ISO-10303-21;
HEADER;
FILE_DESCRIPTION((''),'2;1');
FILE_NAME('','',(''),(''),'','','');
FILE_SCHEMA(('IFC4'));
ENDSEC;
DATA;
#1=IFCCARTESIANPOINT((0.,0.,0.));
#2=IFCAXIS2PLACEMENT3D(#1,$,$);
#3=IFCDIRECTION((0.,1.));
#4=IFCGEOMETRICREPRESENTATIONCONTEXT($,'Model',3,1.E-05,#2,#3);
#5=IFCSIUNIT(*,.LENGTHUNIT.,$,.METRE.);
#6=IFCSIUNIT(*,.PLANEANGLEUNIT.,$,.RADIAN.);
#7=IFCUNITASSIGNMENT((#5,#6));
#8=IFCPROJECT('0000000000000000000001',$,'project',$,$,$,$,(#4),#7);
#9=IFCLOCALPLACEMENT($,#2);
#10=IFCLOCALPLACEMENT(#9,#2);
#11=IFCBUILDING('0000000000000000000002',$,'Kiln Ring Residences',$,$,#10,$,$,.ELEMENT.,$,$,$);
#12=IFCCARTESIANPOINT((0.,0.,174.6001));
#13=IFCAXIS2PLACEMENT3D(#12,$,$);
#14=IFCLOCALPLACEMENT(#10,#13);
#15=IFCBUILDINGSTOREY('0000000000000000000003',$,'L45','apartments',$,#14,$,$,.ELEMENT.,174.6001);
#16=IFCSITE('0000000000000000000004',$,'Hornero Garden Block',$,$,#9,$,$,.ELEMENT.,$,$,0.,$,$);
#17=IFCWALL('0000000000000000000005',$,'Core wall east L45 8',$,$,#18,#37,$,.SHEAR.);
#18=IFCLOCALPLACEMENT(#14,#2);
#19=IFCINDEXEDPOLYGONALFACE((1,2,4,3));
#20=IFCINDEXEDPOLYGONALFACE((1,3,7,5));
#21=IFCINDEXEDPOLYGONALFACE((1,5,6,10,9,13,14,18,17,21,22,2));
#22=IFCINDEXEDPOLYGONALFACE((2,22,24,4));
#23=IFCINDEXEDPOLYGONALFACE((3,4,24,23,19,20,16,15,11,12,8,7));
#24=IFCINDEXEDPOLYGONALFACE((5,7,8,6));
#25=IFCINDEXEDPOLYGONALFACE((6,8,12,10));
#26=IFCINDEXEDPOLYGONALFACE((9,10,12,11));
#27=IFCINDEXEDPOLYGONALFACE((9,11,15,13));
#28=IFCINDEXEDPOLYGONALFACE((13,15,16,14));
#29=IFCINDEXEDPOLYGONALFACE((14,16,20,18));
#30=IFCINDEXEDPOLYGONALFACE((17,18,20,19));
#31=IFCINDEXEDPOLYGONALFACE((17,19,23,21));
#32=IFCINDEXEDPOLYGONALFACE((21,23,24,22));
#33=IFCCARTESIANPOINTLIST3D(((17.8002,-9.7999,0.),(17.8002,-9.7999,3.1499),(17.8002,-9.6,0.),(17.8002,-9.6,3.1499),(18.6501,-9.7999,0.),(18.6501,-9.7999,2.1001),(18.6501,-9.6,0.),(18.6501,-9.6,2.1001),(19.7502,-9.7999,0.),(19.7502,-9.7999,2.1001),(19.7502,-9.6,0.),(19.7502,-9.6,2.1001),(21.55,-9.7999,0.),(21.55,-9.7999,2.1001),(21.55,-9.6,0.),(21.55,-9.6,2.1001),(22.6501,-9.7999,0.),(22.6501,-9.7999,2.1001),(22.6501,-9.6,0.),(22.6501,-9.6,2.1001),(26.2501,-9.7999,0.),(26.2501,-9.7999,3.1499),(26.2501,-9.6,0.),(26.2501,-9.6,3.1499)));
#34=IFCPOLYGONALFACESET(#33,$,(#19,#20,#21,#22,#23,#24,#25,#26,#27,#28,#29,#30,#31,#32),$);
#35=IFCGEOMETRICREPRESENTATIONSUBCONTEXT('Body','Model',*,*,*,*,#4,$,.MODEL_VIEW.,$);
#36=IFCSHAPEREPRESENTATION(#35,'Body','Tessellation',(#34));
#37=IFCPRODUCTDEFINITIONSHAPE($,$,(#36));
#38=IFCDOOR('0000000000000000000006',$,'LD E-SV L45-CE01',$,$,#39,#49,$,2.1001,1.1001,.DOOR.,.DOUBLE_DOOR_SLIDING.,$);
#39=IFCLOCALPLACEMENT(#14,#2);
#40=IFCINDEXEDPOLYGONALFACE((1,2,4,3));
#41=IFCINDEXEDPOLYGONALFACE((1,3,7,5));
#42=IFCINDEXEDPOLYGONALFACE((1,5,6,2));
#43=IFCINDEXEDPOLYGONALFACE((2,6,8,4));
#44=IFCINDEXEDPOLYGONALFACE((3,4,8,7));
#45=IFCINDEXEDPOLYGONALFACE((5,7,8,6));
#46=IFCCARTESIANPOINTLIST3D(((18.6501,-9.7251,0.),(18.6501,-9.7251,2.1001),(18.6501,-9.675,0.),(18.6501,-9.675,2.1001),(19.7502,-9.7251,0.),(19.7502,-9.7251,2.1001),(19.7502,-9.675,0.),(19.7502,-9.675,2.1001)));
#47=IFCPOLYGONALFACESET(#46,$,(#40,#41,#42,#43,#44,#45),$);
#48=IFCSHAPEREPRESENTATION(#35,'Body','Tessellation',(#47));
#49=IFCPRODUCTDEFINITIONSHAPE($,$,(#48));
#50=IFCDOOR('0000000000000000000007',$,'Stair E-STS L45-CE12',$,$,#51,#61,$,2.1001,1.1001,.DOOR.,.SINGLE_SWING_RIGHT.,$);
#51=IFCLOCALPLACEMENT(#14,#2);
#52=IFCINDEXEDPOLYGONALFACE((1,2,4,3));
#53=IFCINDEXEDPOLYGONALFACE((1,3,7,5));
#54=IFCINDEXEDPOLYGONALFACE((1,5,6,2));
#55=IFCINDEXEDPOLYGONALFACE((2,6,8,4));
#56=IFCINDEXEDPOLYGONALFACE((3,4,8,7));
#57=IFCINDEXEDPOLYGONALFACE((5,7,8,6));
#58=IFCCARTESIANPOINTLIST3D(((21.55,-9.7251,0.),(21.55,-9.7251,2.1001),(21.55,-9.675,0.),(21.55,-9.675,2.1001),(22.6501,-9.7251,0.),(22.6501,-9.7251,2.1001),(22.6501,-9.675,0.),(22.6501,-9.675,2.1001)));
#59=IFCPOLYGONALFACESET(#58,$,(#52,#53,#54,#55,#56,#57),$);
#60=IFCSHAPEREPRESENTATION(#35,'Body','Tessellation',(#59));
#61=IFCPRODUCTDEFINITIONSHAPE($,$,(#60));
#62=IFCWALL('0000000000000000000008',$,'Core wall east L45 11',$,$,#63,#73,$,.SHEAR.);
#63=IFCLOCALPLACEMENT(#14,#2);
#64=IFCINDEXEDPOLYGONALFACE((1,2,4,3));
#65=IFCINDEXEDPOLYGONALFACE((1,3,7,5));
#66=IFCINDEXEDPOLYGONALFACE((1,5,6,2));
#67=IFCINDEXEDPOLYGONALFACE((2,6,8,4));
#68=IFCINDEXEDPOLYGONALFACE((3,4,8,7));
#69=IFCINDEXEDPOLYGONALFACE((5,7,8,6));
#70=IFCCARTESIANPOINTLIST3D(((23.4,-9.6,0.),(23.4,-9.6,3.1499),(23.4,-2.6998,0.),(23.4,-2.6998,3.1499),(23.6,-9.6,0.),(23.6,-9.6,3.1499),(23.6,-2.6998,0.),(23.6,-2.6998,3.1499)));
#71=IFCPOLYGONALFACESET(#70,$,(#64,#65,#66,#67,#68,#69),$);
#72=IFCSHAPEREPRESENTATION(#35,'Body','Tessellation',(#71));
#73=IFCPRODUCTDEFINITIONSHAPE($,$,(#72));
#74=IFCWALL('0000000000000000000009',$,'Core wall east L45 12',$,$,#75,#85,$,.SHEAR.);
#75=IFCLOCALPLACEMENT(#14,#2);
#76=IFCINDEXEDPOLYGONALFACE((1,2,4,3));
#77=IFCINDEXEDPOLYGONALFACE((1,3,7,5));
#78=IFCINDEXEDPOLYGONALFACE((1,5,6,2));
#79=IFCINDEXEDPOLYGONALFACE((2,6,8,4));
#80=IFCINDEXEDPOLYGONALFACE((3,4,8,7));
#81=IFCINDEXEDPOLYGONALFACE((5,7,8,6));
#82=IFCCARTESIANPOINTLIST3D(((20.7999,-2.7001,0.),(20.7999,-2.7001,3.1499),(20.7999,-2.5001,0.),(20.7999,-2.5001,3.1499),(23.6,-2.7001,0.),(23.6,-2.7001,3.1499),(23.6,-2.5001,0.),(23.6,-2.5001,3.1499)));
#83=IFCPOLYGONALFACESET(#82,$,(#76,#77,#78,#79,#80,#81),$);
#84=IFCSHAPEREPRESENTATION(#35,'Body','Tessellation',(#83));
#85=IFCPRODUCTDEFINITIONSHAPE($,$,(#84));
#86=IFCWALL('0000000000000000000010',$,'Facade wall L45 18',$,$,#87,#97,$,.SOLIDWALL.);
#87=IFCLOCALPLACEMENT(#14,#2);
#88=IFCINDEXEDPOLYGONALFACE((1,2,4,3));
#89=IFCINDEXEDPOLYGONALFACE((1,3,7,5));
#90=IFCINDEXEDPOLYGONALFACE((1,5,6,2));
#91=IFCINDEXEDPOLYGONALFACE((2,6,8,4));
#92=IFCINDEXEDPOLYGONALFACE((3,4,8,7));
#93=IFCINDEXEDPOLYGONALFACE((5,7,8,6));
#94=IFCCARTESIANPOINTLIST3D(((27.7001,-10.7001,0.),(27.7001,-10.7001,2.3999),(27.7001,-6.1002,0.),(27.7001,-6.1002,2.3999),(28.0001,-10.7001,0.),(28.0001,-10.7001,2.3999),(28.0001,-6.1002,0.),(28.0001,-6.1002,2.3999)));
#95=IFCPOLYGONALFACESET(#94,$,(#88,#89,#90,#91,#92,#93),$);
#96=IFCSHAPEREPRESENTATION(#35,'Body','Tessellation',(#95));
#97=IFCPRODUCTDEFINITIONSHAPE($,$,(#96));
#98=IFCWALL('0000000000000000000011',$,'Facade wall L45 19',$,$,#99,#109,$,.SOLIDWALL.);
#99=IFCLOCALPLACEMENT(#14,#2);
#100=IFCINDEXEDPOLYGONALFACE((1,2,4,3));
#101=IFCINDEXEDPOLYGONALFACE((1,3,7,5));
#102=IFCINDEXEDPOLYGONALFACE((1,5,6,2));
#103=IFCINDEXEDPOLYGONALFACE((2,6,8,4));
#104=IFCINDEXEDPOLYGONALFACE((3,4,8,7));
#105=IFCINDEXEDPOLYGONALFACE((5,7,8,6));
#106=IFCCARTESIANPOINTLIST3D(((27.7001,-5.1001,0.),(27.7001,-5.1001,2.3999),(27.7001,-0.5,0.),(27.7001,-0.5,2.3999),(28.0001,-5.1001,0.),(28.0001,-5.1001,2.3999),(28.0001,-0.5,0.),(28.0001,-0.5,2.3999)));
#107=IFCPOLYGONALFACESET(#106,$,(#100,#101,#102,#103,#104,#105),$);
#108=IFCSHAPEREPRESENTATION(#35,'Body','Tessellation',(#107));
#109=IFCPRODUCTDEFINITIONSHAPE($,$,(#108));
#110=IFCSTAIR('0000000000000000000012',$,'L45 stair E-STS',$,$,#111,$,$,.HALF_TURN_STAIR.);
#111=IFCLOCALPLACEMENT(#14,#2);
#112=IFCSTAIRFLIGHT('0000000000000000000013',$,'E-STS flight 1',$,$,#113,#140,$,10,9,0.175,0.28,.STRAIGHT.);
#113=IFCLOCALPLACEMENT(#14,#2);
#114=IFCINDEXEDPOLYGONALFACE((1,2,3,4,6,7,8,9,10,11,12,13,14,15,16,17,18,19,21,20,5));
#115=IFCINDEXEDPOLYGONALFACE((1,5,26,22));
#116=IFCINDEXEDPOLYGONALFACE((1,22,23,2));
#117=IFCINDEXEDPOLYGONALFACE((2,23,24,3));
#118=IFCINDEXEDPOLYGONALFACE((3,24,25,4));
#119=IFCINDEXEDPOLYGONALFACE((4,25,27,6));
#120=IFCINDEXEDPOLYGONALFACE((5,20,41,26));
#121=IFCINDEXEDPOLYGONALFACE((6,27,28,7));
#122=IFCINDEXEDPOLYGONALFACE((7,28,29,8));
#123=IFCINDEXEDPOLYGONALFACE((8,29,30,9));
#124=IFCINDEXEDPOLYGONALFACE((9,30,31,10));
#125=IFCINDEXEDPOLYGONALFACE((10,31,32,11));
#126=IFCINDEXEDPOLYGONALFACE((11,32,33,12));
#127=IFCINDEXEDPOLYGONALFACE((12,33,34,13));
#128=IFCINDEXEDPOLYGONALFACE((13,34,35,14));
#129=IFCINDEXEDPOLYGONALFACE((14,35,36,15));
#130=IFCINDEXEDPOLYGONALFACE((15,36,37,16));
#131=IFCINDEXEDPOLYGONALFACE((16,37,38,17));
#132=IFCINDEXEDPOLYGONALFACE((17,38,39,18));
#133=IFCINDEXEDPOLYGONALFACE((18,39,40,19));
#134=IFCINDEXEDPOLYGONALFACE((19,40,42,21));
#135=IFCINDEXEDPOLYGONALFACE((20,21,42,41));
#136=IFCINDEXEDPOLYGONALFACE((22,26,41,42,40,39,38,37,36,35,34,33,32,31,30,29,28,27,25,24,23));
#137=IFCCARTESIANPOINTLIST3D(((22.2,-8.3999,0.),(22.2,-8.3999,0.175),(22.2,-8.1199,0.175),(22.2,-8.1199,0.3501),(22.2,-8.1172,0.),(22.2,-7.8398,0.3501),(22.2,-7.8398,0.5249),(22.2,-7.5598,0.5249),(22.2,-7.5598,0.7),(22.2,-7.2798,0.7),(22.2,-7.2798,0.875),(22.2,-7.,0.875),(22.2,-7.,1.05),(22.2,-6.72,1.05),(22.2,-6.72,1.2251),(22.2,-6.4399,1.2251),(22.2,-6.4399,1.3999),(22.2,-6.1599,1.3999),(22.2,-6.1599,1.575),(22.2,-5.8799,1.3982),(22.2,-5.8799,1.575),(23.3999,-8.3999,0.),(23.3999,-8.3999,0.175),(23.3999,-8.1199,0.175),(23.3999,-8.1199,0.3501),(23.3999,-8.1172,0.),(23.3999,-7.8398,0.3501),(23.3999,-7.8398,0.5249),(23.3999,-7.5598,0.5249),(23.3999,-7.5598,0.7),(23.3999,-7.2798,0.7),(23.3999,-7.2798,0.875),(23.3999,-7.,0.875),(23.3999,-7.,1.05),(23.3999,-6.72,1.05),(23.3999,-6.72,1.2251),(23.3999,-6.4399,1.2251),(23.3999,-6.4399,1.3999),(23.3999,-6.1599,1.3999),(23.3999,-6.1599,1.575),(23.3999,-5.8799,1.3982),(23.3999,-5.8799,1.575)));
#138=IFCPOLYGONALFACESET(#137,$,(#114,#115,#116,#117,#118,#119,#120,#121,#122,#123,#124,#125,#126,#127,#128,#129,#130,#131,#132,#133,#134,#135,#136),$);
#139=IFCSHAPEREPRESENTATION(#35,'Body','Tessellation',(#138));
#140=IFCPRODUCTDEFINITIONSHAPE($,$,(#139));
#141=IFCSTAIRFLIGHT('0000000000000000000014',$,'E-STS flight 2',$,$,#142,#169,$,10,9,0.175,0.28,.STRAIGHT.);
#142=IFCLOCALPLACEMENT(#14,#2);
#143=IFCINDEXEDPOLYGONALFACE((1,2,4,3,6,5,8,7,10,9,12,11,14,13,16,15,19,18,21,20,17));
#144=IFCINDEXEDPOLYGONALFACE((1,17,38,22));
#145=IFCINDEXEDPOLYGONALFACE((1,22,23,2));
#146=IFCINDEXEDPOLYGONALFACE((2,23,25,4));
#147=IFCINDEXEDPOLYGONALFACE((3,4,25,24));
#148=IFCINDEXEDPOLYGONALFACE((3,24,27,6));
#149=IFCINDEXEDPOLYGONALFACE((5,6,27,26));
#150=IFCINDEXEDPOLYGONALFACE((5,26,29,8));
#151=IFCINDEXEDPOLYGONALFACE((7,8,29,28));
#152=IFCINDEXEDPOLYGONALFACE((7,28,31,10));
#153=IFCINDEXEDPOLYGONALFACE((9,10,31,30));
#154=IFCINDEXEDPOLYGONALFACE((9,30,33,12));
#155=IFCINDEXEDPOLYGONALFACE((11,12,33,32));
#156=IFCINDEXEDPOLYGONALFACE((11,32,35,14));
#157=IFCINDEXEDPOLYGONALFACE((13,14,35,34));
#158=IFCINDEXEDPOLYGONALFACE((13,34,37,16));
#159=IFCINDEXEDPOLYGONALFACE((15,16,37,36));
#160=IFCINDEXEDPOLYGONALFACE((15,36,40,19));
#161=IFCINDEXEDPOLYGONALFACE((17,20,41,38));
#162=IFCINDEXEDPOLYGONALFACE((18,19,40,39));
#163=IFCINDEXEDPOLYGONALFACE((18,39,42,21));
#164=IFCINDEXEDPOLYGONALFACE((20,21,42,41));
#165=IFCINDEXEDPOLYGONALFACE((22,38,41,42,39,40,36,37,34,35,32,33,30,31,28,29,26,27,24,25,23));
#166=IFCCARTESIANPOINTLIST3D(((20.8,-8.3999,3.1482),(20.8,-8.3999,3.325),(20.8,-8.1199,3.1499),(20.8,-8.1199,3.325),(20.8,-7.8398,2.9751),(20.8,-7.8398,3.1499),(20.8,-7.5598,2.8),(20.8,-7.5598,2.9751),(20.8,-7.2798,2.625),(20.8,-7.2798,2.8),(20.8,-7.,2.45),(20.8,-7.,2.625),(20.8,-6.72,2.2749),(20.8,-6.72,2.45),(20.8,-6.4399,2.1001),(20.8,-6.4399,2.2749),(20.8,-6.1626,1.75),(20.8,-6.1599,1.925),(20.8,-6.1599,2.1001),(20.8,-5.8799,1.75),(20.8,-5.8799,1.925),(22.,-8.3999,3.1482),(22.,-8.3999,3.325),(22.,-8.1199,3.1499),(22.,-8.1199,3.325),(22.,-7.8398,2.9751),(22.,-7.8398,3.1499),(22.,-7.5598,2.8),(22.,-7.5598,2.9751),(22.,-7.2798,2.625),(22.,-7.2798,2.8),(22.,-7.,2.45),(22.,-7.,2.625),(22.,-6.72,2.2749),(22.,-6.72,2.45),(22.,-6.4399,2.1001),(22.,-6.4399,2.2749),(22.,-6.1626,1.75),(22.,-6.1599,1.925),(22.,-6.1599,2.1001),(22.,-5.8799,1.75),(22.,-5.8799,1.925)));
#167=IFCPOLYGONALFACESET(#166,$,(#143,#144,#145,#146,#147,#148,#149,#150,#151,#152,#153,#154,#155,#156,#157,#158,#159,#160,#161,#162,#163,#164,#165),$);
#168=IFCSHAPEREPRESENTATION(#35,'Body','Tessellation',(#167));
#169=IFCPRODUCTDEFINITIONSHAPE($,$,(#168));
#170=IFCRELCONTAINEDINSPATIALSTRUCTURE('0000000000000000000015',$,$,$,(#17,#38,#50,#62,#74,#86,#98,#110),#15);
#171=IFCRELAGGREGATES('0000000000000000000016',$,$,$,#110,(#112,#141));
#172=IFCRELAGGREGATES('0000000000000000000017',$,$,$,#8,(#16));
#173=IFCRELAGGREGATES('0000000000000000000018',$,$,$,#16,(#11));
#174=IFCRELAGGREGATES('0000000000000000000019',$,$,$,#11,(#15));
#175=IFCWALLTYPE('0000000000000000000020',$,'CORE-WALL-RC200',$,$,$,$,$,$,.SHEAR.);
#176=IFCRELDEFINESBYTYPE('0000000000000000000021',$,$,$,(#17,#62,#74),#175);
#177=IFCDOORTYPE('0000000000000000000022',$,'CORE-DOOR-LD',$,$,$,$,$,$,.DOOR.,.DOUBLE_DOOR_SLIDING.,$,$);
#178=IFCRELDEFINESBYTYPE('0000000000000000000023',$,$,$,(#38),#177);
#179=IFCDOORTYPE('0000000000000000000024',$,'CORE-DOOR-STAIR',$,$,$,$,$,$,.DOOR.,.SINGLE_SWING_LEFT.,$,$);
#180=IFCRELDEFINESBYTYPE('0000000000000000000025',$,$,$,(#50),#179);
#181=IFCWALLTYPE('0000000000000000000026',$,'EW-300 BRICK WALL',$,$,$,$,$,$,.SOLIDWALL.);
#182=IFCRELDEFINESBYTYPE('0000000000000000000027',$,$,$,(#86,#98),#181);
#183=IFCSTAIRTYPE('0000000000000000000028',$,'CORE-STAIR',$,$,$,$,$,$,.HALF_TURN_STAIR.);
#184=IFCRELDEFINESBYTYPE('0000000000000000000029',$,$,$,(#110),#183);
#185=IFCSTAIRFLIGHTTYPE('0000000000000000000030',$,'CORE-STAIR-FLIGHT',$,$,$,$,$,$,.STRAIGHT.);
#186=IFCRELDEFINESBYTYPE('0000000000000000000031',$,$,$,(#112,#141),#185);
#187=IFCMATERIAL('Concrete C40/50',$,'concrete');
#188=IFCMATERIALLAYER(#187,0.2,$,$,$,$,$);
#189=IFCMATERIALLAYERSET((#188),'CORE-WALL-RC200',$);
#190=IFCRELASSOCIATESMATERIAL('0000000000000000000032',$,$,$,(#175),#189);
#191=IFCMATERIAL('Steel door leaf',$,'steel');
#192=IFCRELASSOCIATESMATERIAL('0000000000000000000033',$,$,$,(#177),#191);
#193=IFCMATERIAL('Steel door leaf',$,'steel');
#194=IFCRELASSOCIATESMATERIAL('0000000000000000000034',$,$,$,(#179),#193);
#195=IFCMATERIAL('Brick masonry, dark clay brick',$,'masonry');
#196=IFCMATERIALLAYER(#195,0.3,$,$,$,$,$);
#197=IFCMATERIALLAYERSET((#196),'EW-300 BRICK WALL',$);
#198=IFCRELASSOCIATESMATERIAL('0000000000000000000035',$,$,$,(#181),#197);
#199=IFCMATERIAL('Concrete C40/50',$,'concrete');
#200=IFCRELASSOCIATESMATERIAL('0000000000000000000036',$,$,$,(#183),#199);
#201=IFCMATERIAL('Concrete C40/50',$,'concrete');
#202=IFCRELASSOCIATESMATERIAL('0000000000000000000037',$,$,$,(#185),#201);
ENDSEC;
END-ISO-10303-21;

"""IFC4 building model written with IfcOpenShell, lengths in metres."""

from ifc_helpers import new_model, si_unit, direction, frame, frame_2d, origin, place, context, subcontext, project, spatial, polyline, rectangle, outline, extrude, material, layer, layer_set, type_object, element, fill, aggregate, save


model = new_model("IFC4")

# Units and contexts
model_context = context("Model", 3, precision=1e-05, world=origin(), true_north=direction((0.0, 1.0)))
body_context = subcontext(model_context, "Body", "Model", "MODEL_VIEW")
ifc_project = project(units=[si_unit("LENGTHUNIT", "METRE"), si_unit("PLANEANGLEUNIT", "RADIAN")], contexts=[model_context])

# Site, building, storey
site_placement = place(None, origin())
site = spatial("IfcSite", under=ifc_project, at=site_placement, Name="Hornero Garden Block", CompositionType="ELEMENT", RefElevation=0.0)
building_placement = place(site_placement, origin())
building = spatial("IfcBuilding", under=site, at=building_placement, Name="Kiln Ring Residences", CompositionType="ELEMENT")
storey_placement = place(building_placement, frame((0.0, 0.0, 174.6001)))
storey = spatial("IfcBuildingStorey", under=building, at=storey_placement, Name="L45", Description="apartments", CompositionType="ELEMENT", Elevation=174.6001)

# Shared definitions
ifc_material_1 = material(Name="Concrete C40/50", Category="concrete")
ifc_layer_1 = layer(ifc_material_1, 0.2)
ifc_layer_set_1 = layer_set([ifc_layer_1], Name="CORE-WALL-RC200")
wall_type_1 = type_object("IfcWallType", Name="CORE-WALL-RC200", PredefinedType="SHEAR", material=ifc_layer_set_1)

# Wall, openings, doors
wall_1_placement = place(storey_placement, frame((17.8, -9.7, 0.0), z_axis=(0.0, 0.0, 1.0), x_axis=(1.0, 0.0, 0.0)))
wall_1 = element("IfcWall", 1, at=wall_1_placement, inside=storey, type_object=wall_type_1, Name="Core wall east L45 8", PredefinedType="SHEAR", context=body_context, shape_type="SweptSolid", body=[
    extrude(rectangle(XDim=8.45, YDim=0.2, at=frame_2d((4.2251, 0.0))), origin(), (0.0, 0.0, 1.0), 3.1499),
])
opening_1_placement = place(wall_1_placement, frame((0.8501, 0.0, 0.0)))
opening_1 = element("IfcOpeningElement", 2, at=opening_1_placement, cuts=wall_1, PredefinedType="OPENING", context=body_context, shape_type="SweptSolid", body=[
    extrude(rectangle(XDim=1.1001, YDim=2.1001, at=frame_2d((0.55, 1.05))), frame((0.0, 0.1099, 0.0), z_axis=(0.0, -1.0, 0.0), x_axis=(1.0, 0.0, 0.0)), (0.0, 0.0, 1.0), 0.22),
])
opening_2_placement = place(wall_1_placement, frame((3.75, 0.0, 0.0)))
opening_2 = element("IfcOpeningElement", 3, at=opening_2_placement, cuts=wall_1, PredefinedType="OPENING", context=body_context, shape_type="SweptSolid", body=[
    extrude(rectangle(XDim=1.1001, YDim=2.1001, at=frame_2d((0.55, 1.05))), frame((0.0, 0.1099, 0.0), z_axis=(0.0, -1.0, 0.0), x_axis=(1.0, 0.0, 0.0)), (0.0, 0.0, 1.0), 0.22),
])
ifc_material_2 = material(Name="Steel door leaf", Category="steel")
door_type_1 = type_object("IfcDoorType", Name="CORE-DOOR-LD", OperationType="DOUBLE_DOOR_SLIDING", PredefinedType="DOOR", material=ifc_material_2)
door_1_placement = place(opening_1_placement, origin())
door_1 = element("IfcDoor", 4, at=door_1_placement, inside=storey, type_object=door_type_1, Name="LD E-SV L45-CE01", OperationType="DOUBLE_DOOR_SLIDING", OverallHeight=2.1001, OverallWidth=1.1001, PredefinedType="DOOR", context=body_context, shape_type="SweptSolid", body=[
    extrude(rectangle(XDim=1.1001, YDim=2.1001, at=frame_2d((0.55, 1.05))), frame((0.0, 0.0249, 0.0), z_axis=(0.0, -1.0, 0.0), x_axis=(1.0, 0.0, 0.0)), (0.0, 0.0, 1.0), 0.05),
])
fill(opening_1, door_1)
ifc_material_3 = material(Name="Steel door leaf", Category="steel")
door_type_2 = type_object("IfcDoorType", Name="CORE-DOOR-STAIR", OperationType="SINGLE_SWING_LEFT", PredefinedType="DOOR", material=ifc_material_3)
door_2_placement = place(opening_2_placement, origin())
door_2 = element("IfcDoor", 5, at=door_2_placement, inside=storey, type_object=door_type_2, Name="Stair E-STS L45-CE12", OperationType="SINGLE_SWING_RIGHT", OverallHeight=2.1001, OverallWidth=1.1001, PredefinedType="DOOR", context=body_context, shape_type="SweptSolid", body=[
    extrude(rectangle(XDim=1.1001, YDim=2.1001, at=frame_2d((0.55, 1.05))), frame((0.0, 0.0249, 0.0), z_axis=(0.0, -1.0, 0.0), x_axis=(1.0, 0.0, 0.0)), (0.0, 0.0, 1.0), 0.05),
])
fill(opening_2, door_2)

# Walls
wall_2_placement = place(storey_placement, frame((23.5, -9.6001, 0.0), z_axis=(0.0, 0.0, 1.0), x_axis=(0.0, 1.0, 0.0)))
element("IfcWall", 6, at=wall_2_placement, inside=storey, type_object=wall_type_1, Name="Core wall east L45 11", PredefinedType="SHEAR", context=body_context, shape_type="SweptSolid", body=[
    extrude(rectangle(XDim=6.9001, YDim=0.2, at=frame_2d((3.4502, 0.0))), origin(), (0.0, 0.0, 1.0), 3.1499),
])
wall_3_placement = place(storey_placement, frame((20.8, -2.6001, 0.0), z_axis=(0.0, 0.0, 1.0), x_axis=(1.0, 0.0, 0.0)))
element("IfcWall", 7, at=wall_3_placement, inside=storey, type_object=wall_type_1, Name="Core wall east L45 12", PredefinedType="SHEAR", context=body_context, shape_type="SweptSolid", body=[
    extrude(rectangle(XDim=2.8, YDim=0.2, at=frame_2d((1.3999, 0.0))), origin(), (0.0, 0.0, 1.0), 3.1499),
])
ifc_material_4 = material(Name="Brick masonry, dark clay brick", Category="masonry")
ifc_layer_2 = layer(ifc_material_4, 0.3)
ifc_layer_set_2 = layer_set([ifc_layer_2], Name="EW-300 BRICK WALL")
wall_type_2 = type_object("IfcWallType", Name="EW-300 BRICK WALL", PredefinedType="SOLIDWALL", material=ifc_layer_set_2)
wall_4_placement = place(storey_placement, frame((27.8501, -10.7, 0.0), z_axis=(0.0, 0.0, 1.0), x_axis=(0.0, 1.0, 0.0)))
element("IfcWall", 8, at=wall_4_placement, inside=storey, type_object=wall_type_2, Name="Facade wall L45 18", PredefinedType="SOLIDWALL", context=body_context, shape_type="SweptSolid", body=[
    extrude(rectangle(XDim=4.5999, YDim=0.3, at=frame_2d((2.2998, 0.0))), origin(), (0.0, 0.0, 1.0), 2.3999),
])
wall_5_placement = place(storey_placement, frame((27.8501, -5.1001, 0.0), z_axis=(0.0, 0.0, 1.0), x_axis=(0.0, 1.0, 0.0)))
element("IfcWall", 9, at=wall_5_placement, inside=storey, type_object=wall_type_2, Name="Facade wall L45 19", PredefinedType="SOLIDWALL", context=body_context, shape_type="SweptSolid", body=[
    extrude(rectangle(XDim=4.6001, YDim=0.3, at=frame_2d((2.3, 0.0))), origin(), (0.0, 0.0, 1.0), 2.3999),
])

# Stair, stair flights
ifc_material_5 = material(Name="Concrete C40/50", Category="concrete")
stair_type = type_object("IfcStairType", Name="CORE-STAIR", PredefinedType="HALF_TURN_STAIR", material=ifc_material_5)
stair_placement = place(storey_placement, origin())
stair = element("IfcStair", 10, at=stair_placement, inside=storey, type_object=stair_type, Name="L45 stair E-STS", PredefinedType="HALF_TURN_STAIR")
ifc_material_6 = material(Name="Concrete C40/50", Category="concrete")
stair_flight_type = type_object("IfcStairFlightType", Name="CORE-STAIR-FLIGHT", PredefinedType="STRAIGHT", material=ifc_material_6)
stair_flight_1_placement = place(storey_placement, frame((22.8, -8.3999, 0.0), z_axis=(0.0, 0.0, 1.0), x_axis=(0.0, 1.0, 0.0)))
stair_flight_1 = element("IfcStairFlight", 11, at=stair_flight_1_placement, type_object=stair_flight_type, Name="E-STS flight 1", NumberOfRisers=10, NumberOfTreads=9, PredefinedType="STRAIGHT", RiserHeight=0.175, TreadLength=0.28, context=body_context, shape_type="SweptSolid", body=[
    extrude(outline(polyline([(0.0, 0.0), (0.0, 0.175), (0.28, 0.175), (0.28, 0.3501), (0.5601, 0.3501), (0.5601, 0.5249), (0.8401, 0.5249), (0.8401, 0.7), (1.1201, 0.7), (1.1201, 0.875), (1.3999, 0.875), (1.3999, 1.05), (1.6799, 1.05), (1.6799, 1.2251), (1.96, 1.2251), (1.96, 1.3999), (2.24, 1.3999), (2.24, 1.575), (2.52, 1.575), (2.52, 1.75), (2.52, 1.3982), (0.2827, 0.0), (0.0, 0.0)])), frame((0.0, 0.6001, 0.0), z_axis=(0.0, -1.0, 0.0), x_axis=(1.0, 0.0, 0.0)), (0.0, 0.0, 1.0), 1.2),
])
stair_flight_2_placement = place(storey_placement, frame((21.3999, -5.8799, 1.75), z_axis=(0.0, 0.0, 1.0), x_axis=(0.0, -1.0, 0.0)))
stair_flight_2 = element("IfcStairFlight", 12, at=stair_flight_2_placement, type_object=stair_flight_type, Name="E-STS flight 2", NumberOfRisers=10, NumberOfTreads=9, PredefinedType="STRAIGHT", RiserHeight=0.175, TreadLength=0.28, context=body_context, shape_type="SweptSolid", body=[
    extrude(outline(polyline([(0.0, 0.0), (0.0, 0.175), (0.28, 0.175), (0.28, 0.3501), (0.5601, 0.3501), (0.5601, 0.5249), (0.8401, 0.5249), (0.8401, 0.7), (1.1201, 0.7), (1.1201, 0.875), (1.3999, 0.875), (1.3999, 1.05), (1.6799, 1.05), (1.6799, 1.2251), (1.96, 1.2251), (1.96, 1.3999), (2.24, 1.3999), (2.24, 1.575), (2.52, 1.575), (2.52, 1.75), (2.52, 1.3982), (0.2827, 0.0), (0.0, 0.0)])), frame((0.0, 0.6001, 0.0), z_axis=(0.0, -1.0, 0.0), x_axis=(1.0, 0.0, 0.0)), (0.0, 0.0, 1.0), 1.2),
])
aggregate(stair, [stair_flight_1, stair_flight_2])

save(model, "model.ifc")
